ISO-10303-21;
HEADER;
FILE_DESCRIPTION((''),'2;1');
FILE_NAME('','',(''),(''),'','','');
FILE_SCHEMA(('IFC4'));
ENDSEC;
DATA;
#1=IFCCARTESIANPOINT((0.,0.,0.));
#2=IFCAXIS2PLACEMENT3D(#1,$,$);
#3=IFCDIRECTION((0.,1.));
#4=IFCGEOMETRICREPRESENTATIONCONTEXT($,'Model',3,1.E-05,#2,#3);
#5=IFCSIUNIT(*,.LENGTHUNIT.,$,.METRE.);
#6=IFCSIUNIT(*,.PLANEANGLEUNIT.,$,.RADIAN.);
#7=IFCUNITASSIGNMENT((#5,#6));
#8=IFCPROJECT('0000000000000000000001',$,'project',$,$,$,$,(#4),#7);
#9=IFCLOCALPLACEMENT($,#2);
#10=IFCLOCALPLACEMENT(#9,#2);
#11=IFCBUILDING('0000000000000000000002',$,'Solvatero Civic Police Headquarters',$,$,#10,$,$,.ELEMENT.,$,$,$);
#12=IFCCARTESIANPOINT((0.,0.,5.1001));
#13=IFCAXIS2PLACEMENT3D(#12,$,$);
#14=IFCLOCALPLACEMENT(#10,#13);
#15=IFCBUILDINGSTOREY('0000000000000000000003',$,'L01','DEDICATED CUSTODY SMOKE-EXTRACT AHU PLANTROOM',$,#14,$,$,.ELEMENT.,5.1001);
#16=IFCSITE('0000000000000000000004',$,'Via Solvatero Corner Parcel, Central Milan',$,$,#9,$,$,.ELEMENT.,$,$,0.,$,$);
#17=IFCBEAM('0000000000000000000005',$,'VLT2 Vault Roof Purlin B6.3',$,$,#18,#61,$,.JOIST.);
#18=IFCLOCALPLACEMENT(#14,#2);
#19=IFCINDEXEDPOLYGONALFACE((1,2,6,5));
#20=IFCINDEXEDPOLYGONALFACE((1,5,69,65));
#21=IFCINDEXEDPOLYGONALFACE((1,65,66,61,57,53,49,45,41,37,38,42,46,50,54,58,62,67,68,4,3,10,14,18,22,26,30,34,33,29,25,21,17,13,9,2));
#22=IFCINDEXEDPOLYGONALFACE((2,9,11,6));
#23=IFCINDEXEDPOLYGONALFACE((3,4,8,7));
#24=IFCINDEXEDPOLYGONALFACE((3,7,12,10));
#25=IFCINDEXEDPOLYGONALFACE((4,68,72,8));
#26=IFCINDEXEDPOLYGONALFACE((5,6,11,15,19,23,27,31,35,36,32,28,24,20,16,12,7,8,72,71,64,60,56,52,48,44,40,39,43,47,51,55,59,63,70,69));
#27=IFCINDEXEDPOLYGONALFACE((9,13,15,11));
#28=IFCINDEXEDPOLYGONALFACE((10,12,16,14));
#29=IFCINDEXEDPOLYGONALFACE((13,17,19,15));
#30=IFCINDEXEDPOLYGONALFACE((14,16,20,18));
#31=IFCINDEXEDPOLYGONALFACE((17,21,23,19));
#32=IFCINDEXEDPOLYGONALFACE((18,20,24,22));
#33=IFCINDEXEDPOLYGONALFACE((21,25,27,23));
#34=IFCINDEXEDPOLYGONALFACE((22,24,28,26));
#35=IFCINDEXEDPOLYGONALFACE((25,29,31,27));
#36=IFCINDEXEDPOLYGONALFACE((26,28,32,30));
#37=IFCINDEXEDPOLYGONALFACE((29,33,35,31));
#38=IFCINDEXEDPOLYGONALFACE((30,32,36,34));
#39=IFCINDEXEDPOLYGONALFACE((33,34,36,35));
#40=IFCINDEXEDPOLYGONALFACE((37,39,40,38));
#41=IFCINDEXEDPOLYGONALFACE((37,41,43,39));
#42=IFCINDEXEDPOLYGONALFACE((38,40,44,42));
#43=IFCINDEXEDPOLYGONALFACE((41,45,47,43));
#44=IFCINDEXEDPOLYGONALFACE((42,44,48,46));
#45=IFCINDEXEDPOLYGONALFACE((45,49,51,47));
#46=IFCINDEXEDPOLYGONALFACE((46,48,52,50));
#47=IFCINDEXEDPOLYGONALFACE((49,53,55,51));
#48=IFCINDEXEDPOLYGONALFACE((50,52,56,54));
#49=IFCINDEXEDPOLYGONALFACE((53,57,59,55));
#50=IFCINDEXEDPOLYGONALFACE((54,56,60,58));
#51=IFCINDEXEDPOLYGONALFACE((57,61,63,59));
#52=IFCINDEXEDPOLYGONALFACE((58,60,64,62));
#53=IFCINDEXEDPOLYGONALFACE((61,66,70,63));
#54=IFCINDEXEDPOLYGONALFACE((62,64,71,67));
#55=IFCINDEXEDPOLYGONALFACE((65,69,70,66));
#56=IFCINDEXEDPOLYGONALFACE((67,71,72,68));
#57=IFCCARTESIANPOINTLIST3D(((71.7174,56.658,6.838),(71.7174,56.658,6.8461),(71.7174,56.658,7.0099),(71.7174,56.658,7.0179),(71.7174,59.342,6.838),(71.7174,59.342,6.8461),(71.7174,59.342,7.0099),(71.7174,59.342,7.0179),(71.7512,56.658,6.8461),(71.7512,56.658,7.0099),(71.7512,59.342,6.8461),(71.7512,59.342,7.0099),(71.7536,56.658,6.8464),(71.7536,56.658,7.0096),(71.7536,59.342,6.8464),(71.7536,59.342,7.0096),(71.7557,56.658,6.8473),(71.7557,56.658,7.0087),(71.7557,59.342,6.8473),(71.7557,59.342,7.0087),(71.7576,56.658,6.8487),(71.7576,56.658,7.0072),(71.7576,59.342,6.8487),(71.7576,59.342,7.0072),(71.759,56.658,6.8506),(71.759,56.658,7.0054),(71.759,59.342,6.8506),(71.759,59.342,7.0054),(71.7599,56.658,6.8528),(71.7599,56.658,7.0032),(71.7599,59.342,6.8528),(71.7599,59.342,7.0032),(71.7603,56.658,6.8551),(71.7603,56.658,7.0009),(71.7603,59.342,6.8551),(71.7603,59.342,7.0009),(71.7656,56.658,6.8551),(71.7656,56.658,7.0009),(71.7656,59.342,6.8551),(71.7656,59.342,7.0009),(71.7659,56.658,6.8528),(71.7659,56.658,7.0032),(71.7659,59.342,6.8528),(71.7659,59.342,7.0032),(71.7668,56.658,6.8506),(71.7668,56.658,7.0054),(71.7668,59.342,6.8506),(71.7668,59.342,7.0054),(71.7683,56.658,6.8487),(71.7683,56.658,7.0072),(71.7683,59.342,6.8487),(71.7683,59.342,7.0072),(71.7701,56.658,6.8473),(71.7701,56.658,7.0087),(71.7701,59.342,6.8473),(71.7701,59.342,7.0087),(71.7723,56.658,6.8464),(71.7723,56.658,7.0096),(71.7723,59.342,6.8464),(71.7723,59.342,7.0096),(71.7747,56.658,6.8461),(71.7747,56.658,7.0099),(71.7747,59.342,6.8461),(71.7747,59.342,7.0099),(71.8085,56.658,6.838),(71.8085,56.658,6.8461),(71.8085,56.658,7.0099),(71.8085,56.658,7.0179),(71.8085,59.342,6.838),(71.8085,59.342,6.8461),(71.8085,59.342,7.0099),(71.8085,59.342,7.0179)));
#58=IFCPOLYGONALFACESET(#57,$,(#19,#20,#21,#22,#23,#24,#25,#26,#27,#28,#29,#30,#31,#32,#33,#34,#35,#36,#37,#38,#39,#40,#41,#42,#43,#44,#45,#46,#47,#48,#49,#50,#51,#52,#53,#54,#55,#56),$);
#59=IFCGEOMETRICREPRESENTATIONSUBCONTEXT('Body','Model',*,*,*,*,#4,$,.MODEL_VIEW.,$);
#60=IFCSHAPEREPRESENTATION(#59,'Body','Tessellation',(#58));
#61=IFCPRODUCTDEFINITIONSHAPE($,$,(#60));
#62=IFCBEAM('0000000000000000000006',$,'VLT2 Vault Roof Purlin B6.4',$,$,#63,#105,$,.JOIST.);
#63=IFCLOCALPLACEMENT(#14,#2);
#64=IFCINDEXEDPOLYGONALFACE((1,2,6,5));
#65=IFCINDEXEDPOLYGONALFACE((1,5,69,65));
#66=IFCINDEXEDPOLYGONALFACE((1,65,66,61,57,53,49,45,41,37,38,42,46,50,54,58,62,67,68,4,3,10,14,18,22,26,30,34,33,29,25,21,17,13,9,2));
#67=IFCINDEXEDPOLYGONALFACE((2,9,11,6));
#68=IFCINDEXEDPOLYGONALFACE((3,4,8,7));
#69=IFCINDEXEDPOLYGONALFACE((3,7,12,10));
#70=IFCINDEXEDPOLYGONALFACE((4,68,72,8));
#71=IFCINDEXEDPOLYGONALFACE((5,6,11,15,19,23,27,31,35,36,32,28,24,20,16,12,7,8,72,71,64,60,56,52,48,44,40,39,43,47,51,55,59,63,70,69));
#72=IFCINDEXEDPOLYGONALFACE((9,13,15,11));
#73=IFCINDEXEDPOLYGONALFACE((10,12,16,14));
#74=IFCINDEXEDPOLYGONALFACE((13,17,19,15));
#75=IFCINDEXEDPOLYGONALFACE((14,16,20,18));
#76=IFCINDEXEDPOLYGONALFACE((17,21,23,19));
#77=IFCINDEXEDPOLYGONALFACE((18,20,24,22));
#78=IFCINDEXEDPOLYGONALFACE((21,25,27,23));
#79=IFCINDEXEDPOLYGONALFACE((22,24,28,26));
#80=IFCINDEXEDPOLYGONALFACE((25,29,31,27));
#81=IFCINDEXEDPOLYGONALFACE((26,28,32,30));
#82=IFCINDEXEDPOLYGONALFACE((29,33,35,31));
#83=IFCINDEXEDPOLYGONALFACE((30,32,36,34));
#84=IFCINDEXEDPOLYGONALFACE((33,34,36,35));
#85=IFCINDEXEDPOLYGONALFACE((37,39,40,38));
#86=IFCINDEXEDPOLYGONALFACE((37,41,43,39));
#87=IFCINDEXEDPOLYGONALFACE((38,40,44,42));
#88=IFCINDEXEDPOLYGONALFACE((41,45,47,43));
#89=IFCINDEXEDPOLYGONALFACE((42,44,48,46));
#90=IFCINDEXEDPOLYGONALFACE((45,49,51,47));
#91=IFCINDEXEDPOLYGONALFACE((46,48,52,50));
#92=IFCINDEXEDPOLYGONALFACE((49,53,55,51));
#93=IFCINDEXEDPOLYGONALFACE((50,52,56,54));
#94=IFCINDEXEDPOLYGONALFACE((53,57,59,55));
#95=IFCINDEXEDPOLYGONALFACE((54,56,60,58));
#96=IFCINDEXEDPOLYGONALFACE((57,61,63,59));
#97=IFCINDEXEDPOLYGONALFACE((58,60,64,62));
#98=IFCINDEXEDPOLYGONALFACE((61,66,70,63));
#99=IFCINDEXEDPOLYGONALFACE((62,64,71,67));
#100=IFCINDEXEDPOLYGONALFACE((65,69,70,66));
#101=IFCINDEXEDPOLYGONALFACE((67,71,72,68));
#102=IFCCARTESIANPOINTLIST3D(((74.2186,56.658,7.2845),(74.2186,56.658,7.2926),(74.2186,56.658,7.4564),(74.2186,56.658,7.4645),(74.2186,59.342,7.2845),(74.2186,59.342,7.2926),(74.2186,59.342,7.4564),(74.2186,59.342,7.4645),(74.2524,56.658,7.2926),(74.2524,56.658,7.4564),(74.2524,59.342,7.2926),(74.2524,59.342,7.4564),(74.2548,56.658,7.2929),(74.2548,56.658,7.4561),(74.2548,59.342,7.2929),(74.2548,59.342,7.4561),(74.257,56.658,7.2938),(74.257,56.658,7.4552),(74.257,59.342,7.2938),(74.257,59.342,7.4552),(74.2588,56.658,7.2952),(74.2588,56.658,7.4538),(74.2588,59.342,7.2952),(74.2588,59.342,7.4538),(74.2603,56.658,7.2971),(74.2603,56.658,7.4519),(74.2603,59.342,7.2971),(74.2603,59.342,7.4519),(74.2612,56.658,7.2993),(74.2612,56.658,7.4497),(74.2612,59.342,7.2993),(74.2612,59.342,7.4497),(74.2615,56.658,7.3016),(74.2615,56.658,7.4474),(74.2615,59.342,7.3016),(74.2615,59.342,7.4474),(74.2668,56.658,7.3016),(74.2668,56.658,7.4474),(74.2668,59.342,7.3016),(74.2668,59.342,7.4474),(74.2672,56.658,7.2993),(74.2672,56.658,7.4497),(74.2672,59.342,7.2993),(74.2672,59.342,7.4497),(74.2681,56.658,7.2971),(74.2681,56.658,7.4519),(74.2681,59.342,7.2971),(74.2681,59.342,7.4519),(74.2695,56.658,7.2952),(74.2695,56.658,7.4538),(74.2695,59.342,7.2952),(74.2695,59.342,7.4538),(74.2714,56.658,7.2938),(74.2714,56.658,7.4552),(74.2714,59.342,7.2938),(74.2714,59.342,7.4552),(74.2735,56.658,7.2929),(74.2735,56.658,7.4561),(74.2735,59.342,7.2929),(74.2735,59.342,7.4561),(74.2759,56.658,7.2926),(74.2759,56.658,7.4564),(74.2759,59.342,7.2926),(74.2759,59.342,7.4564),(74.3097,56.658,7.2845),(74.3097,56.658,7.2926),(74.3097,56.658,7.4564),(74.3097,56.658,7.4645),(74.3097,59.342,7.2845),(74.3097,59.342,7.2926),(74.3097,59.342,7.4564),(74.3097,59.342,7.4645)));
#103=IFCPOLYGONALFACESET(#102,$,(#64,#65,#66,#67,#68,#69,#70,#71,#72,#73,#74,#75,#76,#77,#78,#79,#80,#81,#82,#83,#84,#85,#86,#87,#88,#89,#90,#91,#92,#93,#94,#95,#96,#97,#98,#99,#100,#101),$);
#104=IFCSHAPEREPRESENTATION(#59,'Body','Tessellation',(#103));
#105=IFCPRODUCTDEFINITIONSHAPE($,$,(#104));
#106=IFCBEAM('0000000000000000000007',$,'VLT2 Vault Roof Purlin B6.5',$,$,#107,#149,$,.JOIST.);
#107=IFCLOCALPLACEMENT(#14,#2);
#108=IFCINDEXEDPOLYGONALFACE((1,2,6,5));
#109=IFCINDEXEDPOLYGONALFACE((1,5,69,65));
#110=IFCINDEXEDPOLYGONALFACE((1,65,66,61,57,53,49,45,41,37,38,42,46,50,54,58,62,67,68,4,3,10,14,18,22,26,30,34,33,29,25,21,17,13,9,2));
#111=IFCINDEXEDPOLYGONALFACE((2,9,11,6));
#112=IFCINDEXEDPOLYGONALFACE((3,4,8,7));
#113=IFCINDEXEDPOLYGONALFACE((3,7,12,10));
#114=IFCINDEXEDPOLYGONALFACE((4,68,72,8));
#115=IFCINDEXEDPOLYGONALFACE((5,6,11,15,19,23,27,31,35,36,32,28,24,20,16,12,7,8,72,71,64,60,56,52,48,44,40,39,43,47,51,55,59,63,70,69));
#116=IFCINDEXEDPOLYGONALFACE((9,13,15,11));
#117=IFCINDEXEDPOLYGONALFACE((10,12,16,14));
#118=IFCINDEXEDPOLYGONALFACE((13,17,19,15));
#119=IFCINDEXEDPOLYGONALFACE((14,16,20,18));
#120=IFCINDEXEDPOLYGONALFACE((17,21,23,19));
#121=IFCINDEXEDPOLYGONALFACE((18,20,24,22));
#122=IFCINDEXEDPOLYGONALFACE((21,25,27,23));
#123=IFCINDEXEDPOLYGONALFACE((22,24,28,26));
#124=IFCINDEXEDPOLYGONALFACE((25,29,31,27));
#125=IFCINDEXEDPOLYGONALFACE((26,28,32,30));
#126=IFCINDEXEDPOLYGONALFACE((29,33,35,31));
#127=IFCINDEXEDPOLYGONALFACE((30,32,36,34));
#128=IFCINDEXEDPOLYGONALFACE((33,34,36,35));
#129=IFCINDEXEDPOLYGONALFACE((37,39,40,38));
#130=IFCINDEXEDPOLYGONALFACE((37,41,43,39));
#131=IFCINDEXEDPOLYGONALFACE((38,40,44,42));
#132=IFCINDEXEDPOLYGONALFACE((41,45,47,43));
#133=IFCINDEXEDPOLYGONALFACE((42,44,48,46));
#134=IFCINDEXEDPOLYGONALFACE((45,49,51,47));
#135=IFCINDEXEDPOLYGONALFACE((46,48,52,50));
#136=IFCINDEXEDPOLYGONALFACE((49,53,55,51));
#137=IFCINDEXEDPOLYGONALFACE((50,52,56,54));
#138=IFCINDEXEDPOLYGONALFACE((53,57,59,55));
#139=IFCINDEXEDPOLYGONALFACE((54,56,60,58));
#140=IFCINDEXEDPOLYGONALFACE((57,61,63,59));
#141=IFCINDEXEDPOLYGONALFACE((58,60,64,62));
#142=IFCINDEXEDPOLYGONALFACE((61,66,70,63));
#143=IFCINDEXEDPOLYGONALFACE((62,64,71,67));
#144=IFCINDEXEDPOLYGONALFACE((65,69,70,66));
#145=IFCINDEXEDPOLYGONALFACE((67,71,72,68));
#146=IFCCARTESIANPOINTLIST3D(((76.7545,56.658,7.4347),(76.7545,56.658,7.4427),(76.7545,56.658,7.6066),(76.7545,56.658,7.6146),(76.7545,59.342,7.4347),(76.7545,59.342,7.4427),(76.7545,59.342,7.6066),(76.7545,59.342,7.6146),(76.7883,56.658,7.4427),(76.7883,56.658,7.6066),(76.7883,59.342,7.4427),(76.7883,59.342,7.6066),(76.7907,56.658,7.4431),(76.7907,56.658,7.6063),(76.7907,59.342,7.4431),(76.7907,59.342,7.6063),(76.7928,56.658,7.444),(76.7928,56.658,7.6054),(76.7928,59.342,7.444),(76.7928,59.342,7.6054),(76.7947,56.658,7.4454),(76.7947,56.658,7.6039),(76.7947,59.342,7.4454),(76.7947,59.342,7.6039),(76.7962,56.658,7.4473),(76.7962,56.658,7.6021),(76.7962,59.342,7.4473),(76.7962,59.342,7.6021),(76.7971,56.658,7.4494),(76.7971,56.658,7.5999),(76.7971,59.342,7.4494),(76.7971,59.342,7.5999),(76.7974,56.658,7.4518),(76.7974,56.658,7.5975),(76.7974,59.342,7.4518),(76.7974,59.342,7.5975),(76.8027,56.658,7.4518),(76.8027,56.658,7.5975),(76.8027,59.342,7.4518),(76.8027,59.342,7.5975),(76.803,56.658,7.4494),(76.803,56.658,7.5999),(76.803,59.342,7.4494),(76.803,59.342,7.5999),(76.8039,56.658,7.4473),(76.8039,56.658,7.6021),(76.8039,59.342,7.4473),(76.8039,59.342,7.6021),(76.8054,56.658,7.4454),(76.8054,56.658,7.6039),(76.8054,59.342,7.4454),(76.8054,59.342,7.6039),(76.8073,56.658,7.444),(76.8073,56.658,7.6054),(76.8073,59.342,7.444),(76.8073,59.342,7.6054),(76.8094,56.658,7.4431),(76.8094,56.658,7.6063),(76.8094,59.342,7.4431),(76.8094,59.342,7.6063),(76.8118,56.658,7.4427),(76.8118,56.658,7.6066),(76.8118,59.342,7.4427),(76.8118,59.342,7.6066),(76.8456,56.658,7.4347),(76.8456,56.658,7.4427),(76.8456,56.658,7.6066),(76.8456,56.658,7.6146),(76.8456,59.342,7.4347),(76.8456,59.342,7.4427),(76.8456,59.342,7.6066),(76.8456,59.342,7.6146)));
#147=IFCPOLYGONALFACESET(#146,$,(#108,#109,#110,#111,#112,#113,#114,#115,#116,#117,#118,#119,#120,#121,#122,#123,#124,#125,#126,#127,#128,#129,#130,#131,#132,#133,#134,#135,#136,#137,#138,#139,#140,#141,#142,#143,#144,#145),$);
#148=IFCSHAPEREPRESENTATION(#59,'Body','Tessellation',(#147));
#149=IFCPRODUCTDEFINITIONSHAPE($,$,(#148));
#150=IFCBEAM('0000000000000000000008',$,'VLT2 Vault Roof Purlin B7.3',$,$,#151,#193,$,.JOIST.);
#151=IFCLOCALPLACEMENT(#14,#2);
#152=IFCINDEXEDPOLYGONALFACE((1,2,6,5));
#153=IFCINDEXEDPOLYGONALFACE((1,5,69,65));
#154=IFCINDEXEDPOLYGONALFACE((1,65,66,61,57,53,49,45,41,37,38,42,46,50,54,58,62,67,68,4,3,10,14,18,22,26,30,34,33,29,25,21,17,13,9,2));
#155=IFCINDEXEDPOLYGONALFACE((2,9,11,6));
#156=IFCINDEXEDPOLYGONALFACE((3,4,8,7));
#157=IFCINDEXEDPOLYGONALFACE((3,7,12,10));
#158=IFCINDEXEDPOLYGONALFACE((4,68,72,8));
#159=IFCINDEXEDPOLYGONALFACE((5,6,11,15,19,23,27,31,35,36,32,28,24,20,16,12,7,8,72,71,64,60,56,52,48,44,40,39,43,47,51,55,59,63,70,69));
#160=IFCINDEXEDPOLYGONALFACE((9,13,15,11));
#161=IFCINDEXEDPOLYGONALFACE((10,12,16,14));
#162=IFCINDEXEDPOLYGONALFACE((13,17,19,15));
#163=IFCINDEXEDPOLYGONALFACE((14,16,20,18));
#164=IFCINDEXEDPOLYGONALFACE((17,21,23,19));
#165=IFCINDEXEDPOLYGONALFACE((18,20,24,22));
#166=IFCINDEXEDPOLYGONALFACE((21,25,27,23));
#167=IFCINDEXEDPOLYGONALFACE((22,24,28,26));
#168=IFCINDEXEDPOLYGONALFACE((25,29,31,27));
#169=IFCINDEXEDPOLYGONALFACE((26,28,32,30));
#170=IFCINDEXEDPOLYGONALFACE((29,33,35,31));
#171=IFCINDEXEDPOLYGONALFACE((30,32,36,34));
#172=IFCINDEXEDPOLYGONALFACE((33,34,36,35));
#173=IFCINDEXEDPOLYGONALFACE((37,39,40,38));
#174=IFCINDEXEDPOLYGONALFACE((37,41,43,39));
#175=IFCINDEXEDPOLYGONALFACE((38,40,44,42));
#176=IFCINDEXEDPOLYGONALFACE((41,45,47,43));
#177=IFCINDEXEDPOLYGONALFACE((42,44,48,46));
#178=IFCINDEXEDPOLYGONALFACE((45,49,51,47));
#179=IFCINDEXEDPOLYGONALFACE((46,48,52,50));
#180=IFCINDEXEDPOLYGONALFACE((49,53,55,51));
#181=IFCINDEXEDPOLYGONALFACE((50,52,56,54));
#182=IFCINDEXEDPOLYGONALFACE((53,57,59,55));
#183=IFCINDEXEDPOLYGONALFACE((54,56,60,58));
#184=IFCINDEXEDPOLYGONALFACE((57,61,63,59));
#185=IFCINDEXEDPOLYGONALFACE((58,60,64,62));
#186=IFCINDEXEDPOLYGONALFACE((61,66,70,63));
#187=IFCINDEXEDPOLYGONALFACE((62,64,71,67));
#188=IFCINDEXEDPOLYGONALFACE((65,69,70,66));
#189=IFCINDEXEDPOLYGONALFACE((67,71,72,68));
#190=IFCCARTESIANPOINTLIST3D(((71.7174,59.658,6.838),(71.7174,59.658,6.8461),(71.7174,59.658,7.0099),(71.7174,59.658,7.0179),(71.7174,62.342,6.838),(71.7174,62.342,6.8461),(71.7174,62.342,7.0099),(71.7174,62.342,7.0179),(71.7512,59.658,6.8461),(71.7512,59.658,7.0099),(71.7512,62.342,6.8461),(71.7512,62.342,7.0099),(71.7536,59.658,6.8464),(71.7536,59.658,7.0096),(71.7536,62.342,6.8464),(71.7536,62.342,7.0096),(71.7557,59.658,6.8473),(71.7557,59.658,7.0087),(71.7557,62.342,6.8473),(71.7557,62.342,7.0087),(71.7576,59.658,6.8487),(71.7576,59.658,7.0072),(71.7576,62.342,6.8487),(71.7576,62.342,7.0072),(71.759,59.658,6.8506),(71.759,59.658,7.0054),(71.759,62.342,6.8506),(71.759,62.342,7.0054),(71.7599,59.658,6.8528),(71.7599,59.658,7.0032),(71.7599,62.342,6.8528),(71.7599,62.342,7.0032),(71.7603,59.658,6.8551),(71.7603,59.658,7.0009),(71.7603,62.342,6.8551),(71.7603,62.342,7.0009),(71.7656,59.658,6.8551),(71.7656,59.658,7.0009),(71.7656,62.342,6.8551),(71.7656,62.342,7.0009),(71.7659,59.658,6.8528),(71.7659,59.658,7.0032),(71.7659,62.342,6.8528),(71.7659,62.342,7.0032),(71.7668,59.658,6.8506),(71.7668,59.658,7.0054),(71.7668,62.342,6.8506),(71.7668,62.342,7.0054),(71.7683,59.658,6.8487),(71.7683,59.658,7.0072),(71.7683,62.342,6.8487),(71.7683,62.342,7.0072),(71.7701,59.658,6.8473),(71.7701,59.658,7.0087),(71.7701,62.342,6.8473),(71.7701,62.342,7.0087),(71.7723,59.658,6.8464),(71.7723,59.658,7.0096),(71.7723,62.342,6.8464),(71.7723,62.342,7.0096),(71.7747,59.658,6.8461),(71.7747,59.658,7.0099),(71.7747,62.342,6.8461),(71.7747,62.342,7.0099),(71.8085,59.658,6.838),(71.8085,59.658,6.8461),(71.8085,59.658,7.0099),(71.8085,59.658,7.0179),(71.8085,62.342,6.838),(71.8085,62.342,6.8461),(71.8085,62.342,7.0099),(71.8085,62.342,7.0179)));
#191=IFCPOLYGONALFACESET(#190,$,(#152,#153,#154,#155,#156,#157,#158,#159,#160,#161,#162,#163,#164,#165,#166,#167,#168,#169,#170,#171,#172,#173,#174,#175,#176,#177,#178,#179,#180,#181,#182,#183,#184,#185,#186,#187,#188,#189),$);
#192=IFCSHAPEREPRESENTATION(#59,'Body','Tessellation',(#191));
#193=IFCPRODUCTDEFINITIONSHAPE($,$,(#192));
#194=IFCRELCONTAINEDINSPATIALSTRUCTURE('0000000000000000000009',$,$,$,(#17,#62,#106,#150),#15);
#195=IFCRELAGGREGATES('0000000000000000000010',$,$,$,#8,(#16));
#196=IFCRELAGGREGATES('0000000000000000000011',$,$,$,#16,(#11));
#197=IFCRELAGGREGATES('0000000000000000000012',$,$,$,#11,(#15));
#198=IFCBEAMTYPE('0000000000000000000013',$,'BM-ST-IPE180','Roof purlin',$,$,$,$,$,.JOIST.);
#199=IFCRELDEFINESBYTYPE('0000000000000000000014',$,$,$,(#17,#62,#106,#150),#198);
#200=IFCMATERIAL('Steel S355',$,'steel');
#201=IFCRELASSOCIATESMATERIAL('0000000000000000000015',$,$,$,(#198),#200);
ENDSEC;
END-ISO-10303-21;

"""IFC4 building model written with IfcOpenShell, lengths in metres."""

from ifc_helpers import new_model, si_unit, direction, frame, origin, origin_2d, place, context, subcontext, project, spatial, i_section, extrude, material, material_profile, profile_set, type_object, element, save


model = new_model("IFC4")

# Units and contexts
model_context = context("Model", 3, precision=1e-05, world=origin(), true_north=direction((0.0, 1.0)))
body_context = subcontext(model_context, "Body", "Model", "MODEL_VIEW")
ifc_project = project(units=[si_unit("LENGTHUNIT", "METRE"), si_unit("PLANEANGLEUNIT", "RADIAN")], contexts=[model_context])

# Site, building, storey
site_placement = place(None, origin())
site = spatial("IfcSite", under=ifc_project, at=site_placement, Name="Via Solvatero Corner Parcel, Central Milan", CompositionType="ELEMENT", RefElevation=0.0)
building_placement = place(site_placement, origin())
building = spatial("IfcBuilding", under=site, at=building_placement, Name="Solvatero Civic Police Headquarters", CompositionType="ELEMENT")
storey_placement = place(building_placement, frame((0.0, 0.0, 5.1001)))
storey = spatial("IfcBuildingStorey", under=building, at=storey_placement, Name="L01", Description="DEDICATED CUSTODY SMOKE-EXTRACT AHU PLANTROOM", CompositionType="ELEMENT", Elevation=5.1001)

# Beams
ifc_material = material(Name="Steel S355", Category="steel")
ifc_material_profile_1 = material_profile(ifc_material, i_section(OverallWidth=0.0911, OverallDepth=0.1799, WebThickness=0.0054, FlangeThickness=0.0081, FilletRadius=0.009, at=origin_2d()), Name="IPE 180")
ifc_profile_set_1 = profile_set([ifc_material_profile_1], Name="Steel S355")
beam_type_1 = type_object("IfcBeamType", Name="BM-ST-IPE180", Description="Roof purlin", PredefinedType="JOIST", material=ifc_profile_set_1)
for number, where, z_axis, x_axis, name in (
    (1, (71.7629, 56.658, 6.928), (0.0, 1.0, 0.0), (-1.0, 0.0, 0.0), "VLT2 Vault Roof Purlin B6.3"),
    (2, (74.2642, 56.658, 7.3745), (0.0, 1.0, 0.0), (-1.0, 0.0, 0.0), "VLT2 Vault Roof Purlin B6.4"),
    (3, (76.8, 56.658, 7.5247), (0.0, 1.0, 0.0), (-1.0, 0.0, 0.0), "VLT2 Vault Roof Purlin B6.5"),
    (4, (71.7629, 59.658, 6.928), (0.0, 1.0, 0.0), (-1.0, 0.0, 0.0), "VLT2 Vault Roof Purlin B7.3"),
):
    element("IfcBeam", number, at=place(storey_placement, frame(where, z_axis=z_axis, x_axis=x_axis)), inside=storey, type_object=beam_type_1, Name=name, PredefinedType="JOIST", context=body_context, shape_type="SweptSolid", body=[
        extrude(i_section(OverallWidth=0.0911, OverallDepth=0.1799, WebThickness=0.0054, FlangeThickness=0.0081, FilletRadius=0.009, at=origin_2d()), origin(), (0.0, 0.0, 1.0), 2.6841),
    ])

save(model, "model.ifc")
